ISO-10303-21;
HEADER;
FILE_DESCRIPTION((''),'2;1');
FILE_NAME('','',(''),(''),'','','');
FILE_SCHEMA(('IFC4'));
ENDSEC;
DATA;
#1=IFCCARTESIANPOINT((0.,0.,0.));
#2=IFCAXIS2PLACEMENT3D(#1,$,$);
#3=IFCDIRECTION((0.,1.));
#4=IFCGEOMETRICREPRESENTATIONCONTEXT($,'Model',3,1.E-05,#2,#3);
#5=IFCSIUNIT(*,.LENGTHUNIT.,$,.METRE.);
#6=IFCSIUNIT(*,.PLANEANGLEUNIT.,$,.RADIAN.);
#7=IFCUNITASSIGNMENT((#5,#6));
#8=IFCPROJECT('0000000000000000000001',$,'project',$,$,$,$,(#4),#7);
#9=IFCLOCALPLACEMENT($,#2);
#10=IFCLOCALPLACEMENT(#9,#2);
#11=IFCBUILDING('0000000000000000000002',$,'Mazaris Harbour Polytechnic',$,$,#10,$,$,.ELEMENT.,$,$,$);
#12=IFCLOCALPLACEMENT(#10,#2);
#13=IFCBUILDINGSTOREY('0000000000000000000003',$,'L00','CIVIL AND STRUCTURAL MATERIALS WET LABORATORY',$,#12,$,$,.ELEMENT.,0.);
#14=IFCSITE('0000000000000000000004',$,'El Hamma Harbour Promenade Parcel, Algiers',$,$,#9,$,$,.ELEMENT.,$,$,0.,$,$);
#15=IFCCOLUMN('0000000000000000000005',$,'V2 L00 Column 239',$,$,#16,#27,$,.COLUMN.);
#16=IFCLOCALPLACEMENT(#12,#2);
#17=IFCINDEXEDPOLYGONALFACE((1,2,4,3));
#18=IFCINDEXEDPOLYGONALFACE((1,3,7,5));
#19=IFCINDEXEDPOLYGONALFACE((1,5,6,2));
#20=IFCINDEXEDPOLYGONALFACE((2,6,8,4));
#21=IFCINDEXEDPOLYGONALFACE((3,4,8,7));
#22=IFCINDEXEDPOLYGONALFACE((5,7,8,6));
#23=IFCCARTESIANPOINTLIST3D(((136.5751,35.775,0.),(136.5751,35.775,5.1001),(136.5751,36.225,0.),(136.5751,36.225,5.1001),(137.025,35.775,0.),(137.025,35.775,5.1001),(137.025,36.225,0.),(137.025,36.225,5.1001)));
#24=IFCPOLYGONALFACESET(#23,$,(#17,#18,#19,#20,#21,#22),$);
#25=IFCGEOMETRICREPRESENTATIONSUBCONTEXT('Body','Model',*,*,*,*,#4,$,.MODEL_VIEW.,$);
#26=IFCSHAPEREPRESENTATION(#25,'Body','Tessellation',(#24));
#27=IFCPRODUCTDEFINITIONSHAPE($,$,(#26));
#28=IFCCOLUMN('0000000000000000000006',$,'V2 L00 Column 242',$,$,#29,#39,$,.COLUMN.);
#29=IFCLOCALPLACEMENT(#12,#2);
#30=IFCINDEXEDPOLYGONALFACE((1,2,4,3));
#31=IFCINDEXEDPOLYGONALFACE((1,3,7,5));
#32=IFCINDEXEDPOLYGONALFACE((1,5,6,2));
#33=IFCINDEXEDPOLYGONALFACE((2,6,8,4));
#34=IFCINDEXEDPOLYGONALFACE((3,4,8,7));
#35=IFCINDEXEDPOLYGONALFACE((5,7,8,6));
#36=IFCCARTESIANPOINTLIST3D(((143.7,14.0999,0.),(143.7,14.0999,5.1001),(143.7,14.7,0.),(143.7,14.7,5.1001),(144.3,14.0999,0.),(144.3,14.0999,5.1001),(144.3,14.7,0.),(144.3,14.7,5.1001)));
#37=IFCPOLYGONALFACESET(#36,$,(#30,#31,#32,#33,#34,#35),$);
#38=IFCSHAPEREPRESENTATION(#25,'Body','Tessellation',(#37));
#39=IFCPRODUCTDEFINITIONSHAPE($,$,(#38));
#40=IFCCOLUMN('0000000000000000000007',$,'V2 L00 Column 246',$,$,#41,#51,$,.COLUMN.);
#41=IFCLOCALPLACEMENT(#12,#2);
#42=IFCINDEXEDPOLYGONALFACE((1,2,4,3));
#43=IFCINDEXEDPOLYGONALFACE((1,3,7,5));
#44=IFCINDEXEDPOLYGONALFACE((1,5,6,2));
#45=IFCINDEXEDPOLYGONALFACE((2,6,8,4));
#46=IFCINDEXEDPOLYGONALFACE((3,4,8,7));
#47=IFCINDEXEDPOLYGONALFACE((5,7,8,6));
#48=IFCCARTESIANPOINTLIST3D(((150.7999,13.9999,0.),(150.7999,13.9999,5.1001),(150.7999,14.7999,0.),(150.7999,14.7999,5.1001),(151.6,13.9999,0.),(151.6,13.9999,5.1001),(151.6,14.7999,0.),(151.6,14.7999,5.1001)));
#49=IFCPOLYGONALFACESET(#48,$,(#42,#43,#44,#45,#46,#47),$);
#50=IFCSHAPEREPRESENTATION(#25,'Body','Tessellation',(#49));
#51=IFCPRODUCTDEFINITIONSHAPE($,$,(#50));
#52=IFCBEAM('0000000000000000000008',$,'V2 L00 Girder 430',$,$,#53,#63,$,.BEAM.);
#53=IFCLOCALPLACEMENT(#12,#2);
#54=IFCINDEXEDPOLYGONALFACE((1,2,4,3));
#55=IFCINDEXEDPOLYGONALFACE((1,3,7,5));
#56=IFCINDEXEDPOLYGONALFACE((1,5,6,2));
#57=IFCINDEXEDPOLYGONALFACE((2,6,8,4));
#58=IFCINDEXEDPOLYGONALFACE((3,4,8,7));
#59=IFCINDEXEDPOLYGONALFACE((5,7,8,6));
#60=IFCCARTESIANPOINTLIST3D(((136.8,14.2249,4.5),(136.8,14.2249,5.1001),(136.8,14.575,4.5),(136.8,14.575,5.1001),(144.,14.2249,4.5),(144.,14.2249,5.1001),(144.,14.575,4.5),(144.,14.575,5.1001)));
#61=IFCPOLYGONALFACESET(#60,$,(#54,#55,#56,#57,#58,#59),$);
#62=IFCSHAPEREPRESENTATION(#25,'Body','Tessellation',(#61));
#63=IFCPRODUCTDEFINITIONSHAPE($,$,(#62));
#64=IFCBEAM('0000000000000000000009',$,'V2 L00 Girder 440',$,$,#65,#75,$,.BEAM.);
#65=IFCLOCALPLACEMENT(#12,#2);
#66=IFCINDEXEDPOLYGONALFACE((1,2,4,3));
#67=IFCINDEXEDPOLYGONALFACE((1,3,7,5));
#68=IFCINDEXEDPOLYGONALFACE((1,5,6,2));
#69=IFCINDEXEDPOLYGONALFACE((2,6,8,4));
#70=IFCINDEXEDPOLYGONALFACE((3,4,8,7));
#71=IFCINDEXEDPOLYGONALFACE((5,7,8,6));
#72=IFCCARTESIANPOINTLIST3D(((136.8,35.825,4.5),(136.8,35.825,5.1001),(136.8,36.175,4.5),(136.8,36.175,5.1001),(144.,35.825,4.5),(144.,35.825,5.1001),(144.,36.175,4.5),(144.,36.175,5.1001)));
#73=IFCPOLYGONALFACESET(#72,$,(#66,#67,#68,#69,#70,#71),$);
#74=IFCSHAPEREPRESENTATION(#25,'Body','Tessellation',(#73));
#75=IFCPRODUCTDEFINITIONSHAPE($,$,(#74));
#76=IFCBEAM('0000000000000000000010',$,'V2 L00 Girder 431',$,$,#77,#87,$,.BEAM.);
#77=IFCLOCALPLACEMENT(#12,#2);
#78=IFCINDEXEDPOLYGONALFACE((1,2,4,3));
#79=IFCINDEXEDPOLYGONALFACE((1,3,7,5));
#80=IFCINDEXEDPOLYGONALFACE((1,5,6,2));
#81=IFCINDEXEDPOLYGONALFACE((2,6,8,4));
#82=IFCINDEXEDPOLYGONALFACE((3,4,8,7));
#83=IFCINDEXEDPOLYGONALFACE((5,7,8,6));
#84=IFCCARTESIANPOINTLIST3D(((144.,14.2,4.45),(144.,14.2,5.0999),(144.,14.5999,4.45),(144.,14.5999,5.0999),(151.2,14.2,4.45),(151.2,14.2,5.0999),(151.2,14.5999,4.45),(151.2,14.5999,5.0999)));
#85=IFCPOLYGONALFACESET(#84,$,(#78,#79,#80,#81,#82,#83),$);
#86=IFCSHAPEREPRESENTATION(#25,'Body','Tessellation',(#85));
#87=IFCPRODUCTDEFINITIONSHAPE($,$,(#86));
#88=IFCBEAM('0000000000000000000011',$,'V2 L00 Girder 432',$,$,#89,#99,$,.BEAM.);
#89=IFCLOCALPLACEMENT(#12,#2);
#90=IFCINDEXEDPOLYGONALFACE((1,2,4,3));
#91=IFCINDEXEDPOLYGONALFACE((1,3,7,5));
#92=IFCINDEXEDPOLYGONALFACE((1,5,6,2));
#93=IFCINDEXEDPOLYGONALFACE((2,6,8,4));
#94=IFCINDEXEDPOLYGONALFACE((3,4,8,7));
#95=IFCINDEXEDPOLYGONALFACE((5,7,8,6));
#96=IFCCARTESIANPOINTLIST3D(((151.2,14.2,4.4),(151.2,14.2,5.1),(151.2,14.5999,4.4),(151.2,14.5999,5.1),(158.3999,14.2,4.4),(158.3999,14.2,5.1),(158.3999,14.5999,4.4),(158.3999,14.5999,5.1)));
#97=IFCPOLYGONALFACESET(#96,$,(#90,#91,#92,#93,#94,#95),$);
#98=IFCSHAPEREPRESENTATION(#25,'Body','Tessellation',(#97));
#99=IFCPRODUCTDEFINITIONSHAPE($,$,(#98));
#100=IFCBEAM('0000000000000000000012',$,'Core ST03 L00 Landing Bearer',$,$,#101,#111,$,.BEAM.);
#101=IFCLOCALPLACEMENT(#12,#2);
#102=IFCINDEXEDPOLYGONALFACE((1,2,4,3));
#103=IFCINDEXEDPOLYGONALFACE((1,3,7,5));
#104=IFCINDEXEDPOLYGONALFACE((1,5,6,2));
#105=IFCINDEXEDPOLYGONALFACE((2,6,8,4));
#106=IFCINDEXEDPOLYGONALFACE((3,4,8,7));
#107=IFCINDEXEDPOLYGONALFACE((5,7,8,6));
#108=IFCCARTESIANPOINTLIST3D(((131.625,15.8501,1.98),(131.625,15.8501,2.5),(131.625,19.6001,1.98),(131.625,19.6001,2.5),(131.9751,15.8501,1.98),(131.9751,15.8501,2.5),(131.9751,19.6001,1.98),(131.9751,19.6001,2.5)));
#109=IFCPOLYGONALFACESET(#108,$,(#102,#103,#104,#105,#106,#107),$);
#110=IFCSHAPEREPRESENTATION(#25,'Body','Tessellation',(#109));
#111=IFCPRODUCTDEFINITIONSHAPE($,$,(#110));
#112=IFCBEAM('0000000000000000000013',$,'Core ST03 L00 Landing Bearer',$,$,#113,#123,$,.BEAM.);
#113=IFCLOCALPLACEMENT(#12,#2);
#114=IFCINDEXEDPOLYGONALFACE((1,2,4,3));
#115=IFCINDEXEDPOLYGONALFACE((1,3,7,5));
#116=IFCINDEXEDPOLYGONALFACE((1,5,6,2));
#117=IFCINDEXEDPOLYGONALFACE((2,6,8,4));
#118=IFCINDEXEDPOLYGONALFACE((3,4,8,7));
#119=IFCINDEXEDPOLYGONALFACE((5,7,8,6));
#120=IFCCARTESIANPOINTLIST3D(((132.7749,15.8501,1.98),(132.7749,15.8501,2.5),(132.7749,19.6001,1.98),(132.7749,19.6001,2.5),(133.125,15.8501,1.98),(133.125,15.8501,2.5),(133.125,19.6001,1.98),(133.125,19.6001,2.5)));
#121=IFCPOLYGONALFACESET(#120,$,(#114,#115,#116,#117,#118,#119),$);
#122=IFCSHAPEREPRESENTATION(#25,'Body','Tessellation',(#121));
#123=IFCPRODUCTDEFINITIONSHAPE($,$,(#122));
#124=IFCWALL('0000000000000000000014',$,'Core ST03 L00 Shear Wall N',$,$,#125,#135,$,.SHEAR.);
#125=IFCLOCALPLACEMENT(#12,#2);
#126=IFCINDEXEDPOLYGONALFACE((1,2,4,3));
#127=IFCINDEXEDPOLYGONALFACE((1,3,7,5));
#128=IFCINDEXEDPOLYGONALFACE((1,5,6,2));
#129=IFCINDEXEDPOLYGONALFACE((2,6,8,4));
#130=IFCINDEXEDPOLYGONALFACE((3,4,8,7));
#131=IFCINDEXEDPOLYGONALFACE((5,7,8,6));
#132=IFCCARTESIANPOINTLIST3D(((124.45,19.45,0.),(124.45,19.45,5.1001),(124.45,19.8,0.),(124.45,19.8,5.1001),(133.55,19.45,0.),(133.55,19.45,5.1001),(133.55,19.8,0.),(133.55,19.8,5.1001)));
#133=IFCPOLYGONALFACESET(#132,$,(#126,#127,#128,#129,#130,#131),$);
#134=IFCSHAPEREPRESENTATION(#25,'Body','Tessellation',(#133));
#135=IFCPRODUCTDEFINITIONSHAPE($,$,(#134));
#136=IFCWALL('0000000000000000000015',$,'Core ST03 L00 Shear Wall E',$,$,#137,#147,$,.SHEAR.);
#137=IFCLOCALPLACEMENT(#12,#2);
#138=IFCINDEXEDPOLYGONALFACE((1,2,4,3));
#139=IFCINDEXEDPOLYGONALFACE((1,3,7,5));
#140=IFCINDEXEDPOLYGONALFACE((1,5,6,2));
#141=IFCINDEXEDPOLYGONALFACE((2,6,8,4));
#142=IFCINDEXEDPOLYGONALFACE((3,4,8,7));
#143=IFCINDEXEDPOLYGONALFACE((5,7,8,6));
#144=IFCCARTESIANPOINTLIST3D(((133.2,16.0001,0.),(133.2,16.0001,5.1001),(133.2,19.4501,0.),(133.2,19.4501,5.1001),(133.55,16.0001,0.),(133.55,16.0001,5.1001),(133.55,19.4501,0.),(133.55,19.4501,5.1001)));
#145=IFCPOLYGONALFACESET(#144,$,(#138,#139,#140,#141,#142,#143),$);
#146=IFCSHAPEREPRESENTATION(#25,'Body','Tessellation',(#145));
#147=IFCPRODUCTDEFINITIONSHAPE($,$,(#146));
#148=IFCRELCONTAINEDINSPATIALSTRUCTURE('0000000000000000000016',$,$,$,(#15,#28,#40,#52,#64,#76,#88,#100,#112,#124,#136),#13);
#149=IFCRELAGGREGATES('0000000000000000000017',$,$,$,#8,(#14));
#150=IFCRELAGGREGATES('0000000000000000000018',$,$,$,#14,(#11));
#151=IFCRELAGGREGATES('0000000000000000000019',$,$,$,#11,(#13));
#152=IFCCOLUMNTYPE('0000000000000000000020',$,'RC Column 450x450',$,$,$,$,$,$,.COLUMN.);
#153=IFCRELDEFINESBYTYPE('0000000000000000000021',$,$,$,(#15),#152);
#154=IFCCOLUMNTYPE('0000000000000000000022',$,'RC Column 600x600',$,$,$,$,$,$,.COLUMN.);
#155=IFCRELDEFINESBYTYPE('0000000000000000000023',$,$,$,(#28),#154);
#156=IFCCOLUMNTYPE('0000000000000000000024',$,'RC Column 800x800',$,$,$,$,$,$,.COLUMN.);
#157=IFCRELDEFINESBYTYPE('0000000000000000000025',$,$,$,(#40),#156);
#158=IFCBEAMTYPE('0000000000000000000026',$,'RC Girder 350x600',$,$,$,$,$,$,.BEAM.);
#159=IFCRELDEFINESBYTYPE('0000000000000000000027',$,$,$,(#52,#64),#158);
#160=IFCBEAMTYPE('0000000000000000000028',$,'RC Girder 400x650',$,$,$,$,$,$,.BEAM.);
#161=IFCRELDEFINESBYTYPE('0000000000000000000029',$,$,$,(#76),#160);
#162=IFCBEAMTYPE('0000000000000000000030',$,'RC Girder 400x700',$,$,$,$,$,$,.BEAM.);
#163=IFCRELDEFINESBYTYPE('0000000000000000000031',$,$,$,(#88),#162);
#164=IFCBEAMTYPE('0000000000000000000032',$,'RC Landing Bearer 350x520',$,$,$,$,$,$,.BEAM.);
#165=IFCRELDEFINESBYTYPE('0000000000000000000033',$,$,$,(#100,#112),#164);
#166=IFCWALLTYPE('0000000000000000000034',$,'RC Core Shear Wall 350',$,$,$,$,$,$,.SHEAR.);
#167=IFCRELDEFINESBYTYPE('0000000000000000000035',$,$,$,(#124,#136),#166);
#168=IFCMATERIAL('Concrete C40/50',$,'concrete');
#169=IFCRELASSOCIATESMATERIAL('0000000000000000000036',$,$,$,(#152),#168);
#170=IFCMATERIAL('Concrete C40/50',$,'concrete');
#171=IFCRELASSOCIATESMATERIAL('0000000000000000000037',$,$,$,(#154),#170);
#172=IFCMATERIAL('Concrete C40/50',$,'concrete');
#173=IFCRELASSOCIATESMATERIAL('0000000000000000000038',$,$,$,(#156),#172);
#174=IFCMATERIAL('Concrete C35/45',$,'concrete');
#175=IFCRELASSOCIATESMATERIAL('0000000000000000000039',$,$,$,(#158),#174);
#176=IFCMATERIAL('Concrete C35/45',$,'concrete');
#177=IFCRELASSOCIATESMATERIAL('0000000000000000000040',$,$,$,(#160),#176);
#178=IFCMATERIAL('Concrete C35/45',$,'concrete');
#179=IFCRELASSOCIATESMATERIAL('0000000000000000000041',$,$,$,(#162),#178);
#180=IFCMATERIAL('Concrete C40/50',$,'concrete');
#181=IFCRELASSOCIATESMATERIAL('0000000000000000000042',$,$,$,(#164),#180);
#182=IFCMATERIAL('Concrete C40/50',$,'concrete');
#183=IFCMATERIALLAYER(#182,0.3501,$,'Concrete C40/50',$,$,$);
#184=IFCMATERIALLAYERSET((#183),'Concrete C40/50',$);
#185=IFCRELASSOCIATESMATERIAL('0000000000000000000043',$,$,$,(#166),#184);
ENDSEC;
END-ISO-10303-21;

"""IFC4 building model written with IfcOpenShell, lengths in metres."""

from ifc_helpers import new_model, si_unit, direction, frame, frame_2d, origin, origin_2d, place, context, subcontext, project, spatial, rectangle, extrude, material, layer, layer_set, material_profile, profile_set, type_object, element, save


model = new_model("IFC4")

# Units and contexts
model_context = context("Model", 3, precision=1e-05, world=origin(), true_north=direction((0.0, 1.0)))
body_context = subcontext(model_context, "Body", "Model", "MODEL_VIEW")
ifc_project = project(units=[si_unit("LENGTHUNIT", "METRE"), si_unit("PLANEANGLEUNIT", "RADIAN")], contexts=[model_context])

# Site, building, storey
site_placement = place(None, origin())
site = spatial("IfcSite", under=ifc_project, at=site_placement, Name="El Hamma Harbour Promenade Parcel, Algiers", CompositionType="ELEMENT", RefElevation=0.0)
building_placement = place(site_placement, origin())
building = spatial("IfcBuilding", under=site, at=building_placement, Name="Mazaris Harbour Polytechnic", CompositionType="ELEMENT")
storey_placement = place(building_placement, origin())
storey = spatial("IfcBuildingStorey", under=building, at=storey_placement, Name="L00", Description="CIVIL AND STRUCTURAL MATERIALS WET LABORATORY", CompositionType="ELEMENT", Elevation=0.0)

# Columns
ifc_material_1 = material(Name="Concrete C40/50", Category="concrete")
ifc_material_profile_1 = material_profile(ifc_material_1, rectangle(XDim=0.45, YDim=0.45, at=origin_2d()), Name="RECT450x450")
ifc_profile_set_1 = profile_set([ifc_material_profile_1], Name="Concrete C40/50")
column_type_1 = type_object("IfcColumnType", Name="RC Column 450x450", PredefinedType="COLUMN", material=ifc_profile_set_1)
column_1_placement = place(storey_placement, frame((136.8, 36.0, 0.0), z_axis=(0.0, 0.0, 1.0), x_axis=(1.0, 0.0, 0.0)))
element("IfcColumn", 1, at=column_1_placement, inside=storey, type_object=column_type_1, Name="V2 L00 Column 239", PredefinedType="COLUMN", context=body_context, shape_type="SweptSolid", body=[
    extrude(rectangle(XDim=0.45, YDim=0.45, at=origin_2d()), origin(), (0.0, 0.0, 1.0), 5.1001),
])
ifc_material_2 = material(Name="Concrete C40/50", Category="concrete")
ifc_material_profile_2 = material_profile(ifc_material_2, rectangle(XDim=0.6001, YDim=0.6001, at=origin_2d()), Name="RECT600x600")
ifc_profile_set_2 = profile_set([ifc_material_profile_2], Name="Concrete C40/50")
column_type_2 = type_object("IfcColumnType", Name="RC Column 600x600", PredefinedType="COLUMN", material=ifc_profile_set_2)
column_2_placement = place(storey_placement, frame((144.0, 14.3999, 0.0), z_axis=(0.0, 0.0, 1.0), x_axis=(1.0, 0.0, 0.0)))
element("IfcColumn", 2, at=column_2_placement, inside=storey, type_object=column_type_2, Name="V2 L00 Column 242", PredefinedType="COLUMN", context=body_context, shape_type="SweptSolid", body=[
    extrude(rectangle(XDim=0.6001, YDim=0.6001, at=origin_2d()), origin(), (0.0, 0.0, 1.0), 5.1001),
])
ifc_material_3 = material(Name="Concrete C40/50", Category="concrete")
ifc_material_profile_3 = material_profile(ifc_material_3, rectangle(XDim=0.8, YDim=0.8, at=origin_2d()), Name="RECT800x800")
ifc_profile_set_3 = profile_set([ifc_material_profile_3], Name="Concrete C40/50")
column_type_3 = type_object("IfcColumnType", Name="RC Column 800x800", PredefinedType="COLUMN", material=ifc_profile_set_3)
column_3_placement = place(storey_placement, frame((151.2, 14.3999, 0.0), z_axis=(0.0, 0.0, 1.0), x_axis=(1.0, 0.0, 0.0)))
element("IfcColumn", 3, at=column_3_placement, inside=storey, type_object=column_type_3, Name="V2 L00 Column 246", PredefinedType="COLUMN", context=body_context, shape_type="SweptSolid", body=[
    extrude(rectangle(XDim=0.8, YDim=0.8, at=origin_2d()), origin(), (0.0, 0.0, 1.0), 5.1001),
])

# Beams
ifc_material_4 = material(Name="Concrete C35/45", Category="concrete")
ifc_material_profile_4 = material_profile(ifc_material_4, rectangle(XDim=0.3501, YDim=0.6001, at=origin_2d()), Name="RECT350x600")
ifc_profile_set_4 = profile_set([ifc_material_profile_4], Name="Concrete C35/45")
beam_type_1 = type_object("IfcBeamType", Name="RC Girder 350x600", PredefinedType="BEAM", material=ifc_profile_set_4)
for number, where, z_axis, x_axis, name in (
    (4, (136.8, 14.3999, 4.8), (1.0, 0.0, 0.0), (0.0, 1.0, 0.0), "V2 L00 Girder 430"),
    (5, (136.8, 36.0, 4.8), (1.0, 0.0, 0.0), (0.0, 1.0, 0.0), "V2 L00 Girder 440"),
):
    element("IfcBeam", number, at=place(storey_placement, frame(where, z_axis=z_axis, x_axis=x_axis)), inside=storey, type_object=beam_type_1, Name=name, PredefinedType="BEAM", context=body_context, shape_type="SweptSolid", body=[
        extrude(rectangle(XDim=0.3501, YDim=0.6001, at=origin_2d()), origin(), (0.0, 0.0, 1.0), 7.2),
    ])
ifc_material_5 = material(Name="Concrete C35/45", Category="concrete")
ifc_material_profile_5 = material_profile(ifc_material_5, rectangle(XDim=0.3999, YDim=0.6499, at=origin_2d()), Name="RECT400x650")
ifc_profile_set_5 = profile_set([ifc_material_profile_5], Name="Concrete C35/45")
beam_type_2 = type_object("IfcBeamType", Name="RC Girder 400x650", PredefinedType="BEAM", material=ifc_profile_set_5)
beam_1_placement = place(storey_placement, frame((144.0, 14.3999, 4.7749), z_axis=(1.0, 0.0, 0.0), x_axis=(0.0, 1.0, 0.0)))
element("IfcBeam", 6, at=beam_1_placement, inside=storey, type_object=beam_type_2, Name="V2 L00 Girder 431", PredefinedType="BEAM", context=body_context, shape_type="SweptSolid", body=[
    extrude(rectangle(XDim=0.3999, YDim=0.6499, at=origin_2d()), origin(), (0.0, 0.0, 1.0), 7.2),
])
ifc_material_6 = material(Name="Concrete C35/45", Category="concrete")
ifc_material_profile_6 = material_profile(ifc_material_6, rectangle(XDim=0.3999, YDim=0.7, at=origin_2d()), Name="RECT400x700")
ifc_profile_set_6 = profile_set([ifc_material_profile_6], Name="Concrete C35/45")
beam_type_3 = type_object("IfcBeamType", Name="RC Girder 400x700", PredefinedType="BEAM", material=ifc_profile_set_6)
beam_2_placement = place(storey_placement, frame((151.2, 14.3999, 4.75), z_axis=(1.0, 0.0, 0.0), x_axis=(0.0, 1.0, 0.0)))
element("IfcBeam", 7, at=beam_2_placement, inside=storey, type_object=beam_type_3, Name="V2 L00 Girder 432", PredefinedType="BEAM", context=body_context, shape_type="SweptSolid", body=[
    extrude(rectangle(XDim=0.3999, YDim=0.7, at=origin_2d()), origin(), (0.0, 0.0, 1.0), 7.2),
])
ifc_material_7 = material(Name="Concrete C40/50", Category="concrete")
ifc_material_profile_7 = material_profile(ifc_material_7, rectangle(XDim=0.3501, YDim=0.52, at=origin_2d()), Name="RECT350x520")
ifc_profile_set_7 = profile_set([ifc_material_profile_7], Name="Concrete C40/50")
beam_type_4 = type_object("IfcBeamType", Name="RC Landing Bearer 350x520", PredefinedType="BEAM", material=ifc_profile_set_7)
for number, where, z_axis, x_axis, name in (
    (8, (131.8, 15.8501, 2.24), (0.0, 1.0, 0.0), (-1.0, 0.0, 0.0), "Core ST03 L00 Landing Bearer"),
    (9, (132.95, 15.8501, 2.24), (0.0, 1.0, 0.0), (-1.0, 0.0, 0.0), "Core ST03 L00 Landing Bearer"),
):
    element("IfcBeam", number, at=place(storey_placement, frame(where, z_axis=z_axis, x_axis=x_axis)), inside=storey, type_object=beam_type_4, Name=name, PredefinedType="BEAM", context=body_context, shape_type="SweptSolid", body=[
        extrude(rectangle(XDim=0.3501, YDim=0.52, at=origin_2d()), origin(), (0.0, 0.0, 1.0), 3.75),
    ])

# Walls
ifc_material_8 = material(Name="Concrete C40/50", Category="concrete")
ifc_layer = layer(ifc_material_8, 0.3501, Name="Concrete C40/50")
ifc_layer_set = layer_set([ifc_layer], Name="Concrete C40/50")
wall_type = type_object("IfcWallType", Name="RC Core Shear Wall 350", PredefinedType="SHEAR", material=ifc_layer_set)
wall_1_placement = place(storey_placement, frame((133.55, 19.625, 0.0), z_axis=(0.0, 0.0, 1.0), x_axis=(-1.0, 0.0, 0.0)))
element("IfcWall", 10, at=wall_1_placement, inside=storey, type_object=wall_type, Name="Core ST03 L00 Shear Wall N", PredefinedType="SHEAR", context=body_context, shape_type="SweptSolid", body=[
    extrude(rectangle(XDim=9.1001, YDim=0.3501, at=frame_2d((4.55, 0.0))), origin(), (0.0, 0.0, 1.0), 5.1001),
])
wall_2_placement = place(storey_placement, frame((133.375, 16.0, 0.0), z_axis=(0.0, 0.0, 1.0), x_axis=(0.0, 1.0, 0.0)))
element("IfcWall", 11, at=wall_2_placement, inside=storey, type_object=wall_type, Name="Core ST03 L00 Shear Wall E", PredefinedType="SHEAR", context=body_context, shape_type="SweptSolid", body=[
    extrude(rectangle(XDim=3.45, YDim=0.3501, at=frame_2d((1.7251, 0.0))), origin(), (0.0, 0.0, 1.0), 5.1001),
])

save(model, "model.ifc")
